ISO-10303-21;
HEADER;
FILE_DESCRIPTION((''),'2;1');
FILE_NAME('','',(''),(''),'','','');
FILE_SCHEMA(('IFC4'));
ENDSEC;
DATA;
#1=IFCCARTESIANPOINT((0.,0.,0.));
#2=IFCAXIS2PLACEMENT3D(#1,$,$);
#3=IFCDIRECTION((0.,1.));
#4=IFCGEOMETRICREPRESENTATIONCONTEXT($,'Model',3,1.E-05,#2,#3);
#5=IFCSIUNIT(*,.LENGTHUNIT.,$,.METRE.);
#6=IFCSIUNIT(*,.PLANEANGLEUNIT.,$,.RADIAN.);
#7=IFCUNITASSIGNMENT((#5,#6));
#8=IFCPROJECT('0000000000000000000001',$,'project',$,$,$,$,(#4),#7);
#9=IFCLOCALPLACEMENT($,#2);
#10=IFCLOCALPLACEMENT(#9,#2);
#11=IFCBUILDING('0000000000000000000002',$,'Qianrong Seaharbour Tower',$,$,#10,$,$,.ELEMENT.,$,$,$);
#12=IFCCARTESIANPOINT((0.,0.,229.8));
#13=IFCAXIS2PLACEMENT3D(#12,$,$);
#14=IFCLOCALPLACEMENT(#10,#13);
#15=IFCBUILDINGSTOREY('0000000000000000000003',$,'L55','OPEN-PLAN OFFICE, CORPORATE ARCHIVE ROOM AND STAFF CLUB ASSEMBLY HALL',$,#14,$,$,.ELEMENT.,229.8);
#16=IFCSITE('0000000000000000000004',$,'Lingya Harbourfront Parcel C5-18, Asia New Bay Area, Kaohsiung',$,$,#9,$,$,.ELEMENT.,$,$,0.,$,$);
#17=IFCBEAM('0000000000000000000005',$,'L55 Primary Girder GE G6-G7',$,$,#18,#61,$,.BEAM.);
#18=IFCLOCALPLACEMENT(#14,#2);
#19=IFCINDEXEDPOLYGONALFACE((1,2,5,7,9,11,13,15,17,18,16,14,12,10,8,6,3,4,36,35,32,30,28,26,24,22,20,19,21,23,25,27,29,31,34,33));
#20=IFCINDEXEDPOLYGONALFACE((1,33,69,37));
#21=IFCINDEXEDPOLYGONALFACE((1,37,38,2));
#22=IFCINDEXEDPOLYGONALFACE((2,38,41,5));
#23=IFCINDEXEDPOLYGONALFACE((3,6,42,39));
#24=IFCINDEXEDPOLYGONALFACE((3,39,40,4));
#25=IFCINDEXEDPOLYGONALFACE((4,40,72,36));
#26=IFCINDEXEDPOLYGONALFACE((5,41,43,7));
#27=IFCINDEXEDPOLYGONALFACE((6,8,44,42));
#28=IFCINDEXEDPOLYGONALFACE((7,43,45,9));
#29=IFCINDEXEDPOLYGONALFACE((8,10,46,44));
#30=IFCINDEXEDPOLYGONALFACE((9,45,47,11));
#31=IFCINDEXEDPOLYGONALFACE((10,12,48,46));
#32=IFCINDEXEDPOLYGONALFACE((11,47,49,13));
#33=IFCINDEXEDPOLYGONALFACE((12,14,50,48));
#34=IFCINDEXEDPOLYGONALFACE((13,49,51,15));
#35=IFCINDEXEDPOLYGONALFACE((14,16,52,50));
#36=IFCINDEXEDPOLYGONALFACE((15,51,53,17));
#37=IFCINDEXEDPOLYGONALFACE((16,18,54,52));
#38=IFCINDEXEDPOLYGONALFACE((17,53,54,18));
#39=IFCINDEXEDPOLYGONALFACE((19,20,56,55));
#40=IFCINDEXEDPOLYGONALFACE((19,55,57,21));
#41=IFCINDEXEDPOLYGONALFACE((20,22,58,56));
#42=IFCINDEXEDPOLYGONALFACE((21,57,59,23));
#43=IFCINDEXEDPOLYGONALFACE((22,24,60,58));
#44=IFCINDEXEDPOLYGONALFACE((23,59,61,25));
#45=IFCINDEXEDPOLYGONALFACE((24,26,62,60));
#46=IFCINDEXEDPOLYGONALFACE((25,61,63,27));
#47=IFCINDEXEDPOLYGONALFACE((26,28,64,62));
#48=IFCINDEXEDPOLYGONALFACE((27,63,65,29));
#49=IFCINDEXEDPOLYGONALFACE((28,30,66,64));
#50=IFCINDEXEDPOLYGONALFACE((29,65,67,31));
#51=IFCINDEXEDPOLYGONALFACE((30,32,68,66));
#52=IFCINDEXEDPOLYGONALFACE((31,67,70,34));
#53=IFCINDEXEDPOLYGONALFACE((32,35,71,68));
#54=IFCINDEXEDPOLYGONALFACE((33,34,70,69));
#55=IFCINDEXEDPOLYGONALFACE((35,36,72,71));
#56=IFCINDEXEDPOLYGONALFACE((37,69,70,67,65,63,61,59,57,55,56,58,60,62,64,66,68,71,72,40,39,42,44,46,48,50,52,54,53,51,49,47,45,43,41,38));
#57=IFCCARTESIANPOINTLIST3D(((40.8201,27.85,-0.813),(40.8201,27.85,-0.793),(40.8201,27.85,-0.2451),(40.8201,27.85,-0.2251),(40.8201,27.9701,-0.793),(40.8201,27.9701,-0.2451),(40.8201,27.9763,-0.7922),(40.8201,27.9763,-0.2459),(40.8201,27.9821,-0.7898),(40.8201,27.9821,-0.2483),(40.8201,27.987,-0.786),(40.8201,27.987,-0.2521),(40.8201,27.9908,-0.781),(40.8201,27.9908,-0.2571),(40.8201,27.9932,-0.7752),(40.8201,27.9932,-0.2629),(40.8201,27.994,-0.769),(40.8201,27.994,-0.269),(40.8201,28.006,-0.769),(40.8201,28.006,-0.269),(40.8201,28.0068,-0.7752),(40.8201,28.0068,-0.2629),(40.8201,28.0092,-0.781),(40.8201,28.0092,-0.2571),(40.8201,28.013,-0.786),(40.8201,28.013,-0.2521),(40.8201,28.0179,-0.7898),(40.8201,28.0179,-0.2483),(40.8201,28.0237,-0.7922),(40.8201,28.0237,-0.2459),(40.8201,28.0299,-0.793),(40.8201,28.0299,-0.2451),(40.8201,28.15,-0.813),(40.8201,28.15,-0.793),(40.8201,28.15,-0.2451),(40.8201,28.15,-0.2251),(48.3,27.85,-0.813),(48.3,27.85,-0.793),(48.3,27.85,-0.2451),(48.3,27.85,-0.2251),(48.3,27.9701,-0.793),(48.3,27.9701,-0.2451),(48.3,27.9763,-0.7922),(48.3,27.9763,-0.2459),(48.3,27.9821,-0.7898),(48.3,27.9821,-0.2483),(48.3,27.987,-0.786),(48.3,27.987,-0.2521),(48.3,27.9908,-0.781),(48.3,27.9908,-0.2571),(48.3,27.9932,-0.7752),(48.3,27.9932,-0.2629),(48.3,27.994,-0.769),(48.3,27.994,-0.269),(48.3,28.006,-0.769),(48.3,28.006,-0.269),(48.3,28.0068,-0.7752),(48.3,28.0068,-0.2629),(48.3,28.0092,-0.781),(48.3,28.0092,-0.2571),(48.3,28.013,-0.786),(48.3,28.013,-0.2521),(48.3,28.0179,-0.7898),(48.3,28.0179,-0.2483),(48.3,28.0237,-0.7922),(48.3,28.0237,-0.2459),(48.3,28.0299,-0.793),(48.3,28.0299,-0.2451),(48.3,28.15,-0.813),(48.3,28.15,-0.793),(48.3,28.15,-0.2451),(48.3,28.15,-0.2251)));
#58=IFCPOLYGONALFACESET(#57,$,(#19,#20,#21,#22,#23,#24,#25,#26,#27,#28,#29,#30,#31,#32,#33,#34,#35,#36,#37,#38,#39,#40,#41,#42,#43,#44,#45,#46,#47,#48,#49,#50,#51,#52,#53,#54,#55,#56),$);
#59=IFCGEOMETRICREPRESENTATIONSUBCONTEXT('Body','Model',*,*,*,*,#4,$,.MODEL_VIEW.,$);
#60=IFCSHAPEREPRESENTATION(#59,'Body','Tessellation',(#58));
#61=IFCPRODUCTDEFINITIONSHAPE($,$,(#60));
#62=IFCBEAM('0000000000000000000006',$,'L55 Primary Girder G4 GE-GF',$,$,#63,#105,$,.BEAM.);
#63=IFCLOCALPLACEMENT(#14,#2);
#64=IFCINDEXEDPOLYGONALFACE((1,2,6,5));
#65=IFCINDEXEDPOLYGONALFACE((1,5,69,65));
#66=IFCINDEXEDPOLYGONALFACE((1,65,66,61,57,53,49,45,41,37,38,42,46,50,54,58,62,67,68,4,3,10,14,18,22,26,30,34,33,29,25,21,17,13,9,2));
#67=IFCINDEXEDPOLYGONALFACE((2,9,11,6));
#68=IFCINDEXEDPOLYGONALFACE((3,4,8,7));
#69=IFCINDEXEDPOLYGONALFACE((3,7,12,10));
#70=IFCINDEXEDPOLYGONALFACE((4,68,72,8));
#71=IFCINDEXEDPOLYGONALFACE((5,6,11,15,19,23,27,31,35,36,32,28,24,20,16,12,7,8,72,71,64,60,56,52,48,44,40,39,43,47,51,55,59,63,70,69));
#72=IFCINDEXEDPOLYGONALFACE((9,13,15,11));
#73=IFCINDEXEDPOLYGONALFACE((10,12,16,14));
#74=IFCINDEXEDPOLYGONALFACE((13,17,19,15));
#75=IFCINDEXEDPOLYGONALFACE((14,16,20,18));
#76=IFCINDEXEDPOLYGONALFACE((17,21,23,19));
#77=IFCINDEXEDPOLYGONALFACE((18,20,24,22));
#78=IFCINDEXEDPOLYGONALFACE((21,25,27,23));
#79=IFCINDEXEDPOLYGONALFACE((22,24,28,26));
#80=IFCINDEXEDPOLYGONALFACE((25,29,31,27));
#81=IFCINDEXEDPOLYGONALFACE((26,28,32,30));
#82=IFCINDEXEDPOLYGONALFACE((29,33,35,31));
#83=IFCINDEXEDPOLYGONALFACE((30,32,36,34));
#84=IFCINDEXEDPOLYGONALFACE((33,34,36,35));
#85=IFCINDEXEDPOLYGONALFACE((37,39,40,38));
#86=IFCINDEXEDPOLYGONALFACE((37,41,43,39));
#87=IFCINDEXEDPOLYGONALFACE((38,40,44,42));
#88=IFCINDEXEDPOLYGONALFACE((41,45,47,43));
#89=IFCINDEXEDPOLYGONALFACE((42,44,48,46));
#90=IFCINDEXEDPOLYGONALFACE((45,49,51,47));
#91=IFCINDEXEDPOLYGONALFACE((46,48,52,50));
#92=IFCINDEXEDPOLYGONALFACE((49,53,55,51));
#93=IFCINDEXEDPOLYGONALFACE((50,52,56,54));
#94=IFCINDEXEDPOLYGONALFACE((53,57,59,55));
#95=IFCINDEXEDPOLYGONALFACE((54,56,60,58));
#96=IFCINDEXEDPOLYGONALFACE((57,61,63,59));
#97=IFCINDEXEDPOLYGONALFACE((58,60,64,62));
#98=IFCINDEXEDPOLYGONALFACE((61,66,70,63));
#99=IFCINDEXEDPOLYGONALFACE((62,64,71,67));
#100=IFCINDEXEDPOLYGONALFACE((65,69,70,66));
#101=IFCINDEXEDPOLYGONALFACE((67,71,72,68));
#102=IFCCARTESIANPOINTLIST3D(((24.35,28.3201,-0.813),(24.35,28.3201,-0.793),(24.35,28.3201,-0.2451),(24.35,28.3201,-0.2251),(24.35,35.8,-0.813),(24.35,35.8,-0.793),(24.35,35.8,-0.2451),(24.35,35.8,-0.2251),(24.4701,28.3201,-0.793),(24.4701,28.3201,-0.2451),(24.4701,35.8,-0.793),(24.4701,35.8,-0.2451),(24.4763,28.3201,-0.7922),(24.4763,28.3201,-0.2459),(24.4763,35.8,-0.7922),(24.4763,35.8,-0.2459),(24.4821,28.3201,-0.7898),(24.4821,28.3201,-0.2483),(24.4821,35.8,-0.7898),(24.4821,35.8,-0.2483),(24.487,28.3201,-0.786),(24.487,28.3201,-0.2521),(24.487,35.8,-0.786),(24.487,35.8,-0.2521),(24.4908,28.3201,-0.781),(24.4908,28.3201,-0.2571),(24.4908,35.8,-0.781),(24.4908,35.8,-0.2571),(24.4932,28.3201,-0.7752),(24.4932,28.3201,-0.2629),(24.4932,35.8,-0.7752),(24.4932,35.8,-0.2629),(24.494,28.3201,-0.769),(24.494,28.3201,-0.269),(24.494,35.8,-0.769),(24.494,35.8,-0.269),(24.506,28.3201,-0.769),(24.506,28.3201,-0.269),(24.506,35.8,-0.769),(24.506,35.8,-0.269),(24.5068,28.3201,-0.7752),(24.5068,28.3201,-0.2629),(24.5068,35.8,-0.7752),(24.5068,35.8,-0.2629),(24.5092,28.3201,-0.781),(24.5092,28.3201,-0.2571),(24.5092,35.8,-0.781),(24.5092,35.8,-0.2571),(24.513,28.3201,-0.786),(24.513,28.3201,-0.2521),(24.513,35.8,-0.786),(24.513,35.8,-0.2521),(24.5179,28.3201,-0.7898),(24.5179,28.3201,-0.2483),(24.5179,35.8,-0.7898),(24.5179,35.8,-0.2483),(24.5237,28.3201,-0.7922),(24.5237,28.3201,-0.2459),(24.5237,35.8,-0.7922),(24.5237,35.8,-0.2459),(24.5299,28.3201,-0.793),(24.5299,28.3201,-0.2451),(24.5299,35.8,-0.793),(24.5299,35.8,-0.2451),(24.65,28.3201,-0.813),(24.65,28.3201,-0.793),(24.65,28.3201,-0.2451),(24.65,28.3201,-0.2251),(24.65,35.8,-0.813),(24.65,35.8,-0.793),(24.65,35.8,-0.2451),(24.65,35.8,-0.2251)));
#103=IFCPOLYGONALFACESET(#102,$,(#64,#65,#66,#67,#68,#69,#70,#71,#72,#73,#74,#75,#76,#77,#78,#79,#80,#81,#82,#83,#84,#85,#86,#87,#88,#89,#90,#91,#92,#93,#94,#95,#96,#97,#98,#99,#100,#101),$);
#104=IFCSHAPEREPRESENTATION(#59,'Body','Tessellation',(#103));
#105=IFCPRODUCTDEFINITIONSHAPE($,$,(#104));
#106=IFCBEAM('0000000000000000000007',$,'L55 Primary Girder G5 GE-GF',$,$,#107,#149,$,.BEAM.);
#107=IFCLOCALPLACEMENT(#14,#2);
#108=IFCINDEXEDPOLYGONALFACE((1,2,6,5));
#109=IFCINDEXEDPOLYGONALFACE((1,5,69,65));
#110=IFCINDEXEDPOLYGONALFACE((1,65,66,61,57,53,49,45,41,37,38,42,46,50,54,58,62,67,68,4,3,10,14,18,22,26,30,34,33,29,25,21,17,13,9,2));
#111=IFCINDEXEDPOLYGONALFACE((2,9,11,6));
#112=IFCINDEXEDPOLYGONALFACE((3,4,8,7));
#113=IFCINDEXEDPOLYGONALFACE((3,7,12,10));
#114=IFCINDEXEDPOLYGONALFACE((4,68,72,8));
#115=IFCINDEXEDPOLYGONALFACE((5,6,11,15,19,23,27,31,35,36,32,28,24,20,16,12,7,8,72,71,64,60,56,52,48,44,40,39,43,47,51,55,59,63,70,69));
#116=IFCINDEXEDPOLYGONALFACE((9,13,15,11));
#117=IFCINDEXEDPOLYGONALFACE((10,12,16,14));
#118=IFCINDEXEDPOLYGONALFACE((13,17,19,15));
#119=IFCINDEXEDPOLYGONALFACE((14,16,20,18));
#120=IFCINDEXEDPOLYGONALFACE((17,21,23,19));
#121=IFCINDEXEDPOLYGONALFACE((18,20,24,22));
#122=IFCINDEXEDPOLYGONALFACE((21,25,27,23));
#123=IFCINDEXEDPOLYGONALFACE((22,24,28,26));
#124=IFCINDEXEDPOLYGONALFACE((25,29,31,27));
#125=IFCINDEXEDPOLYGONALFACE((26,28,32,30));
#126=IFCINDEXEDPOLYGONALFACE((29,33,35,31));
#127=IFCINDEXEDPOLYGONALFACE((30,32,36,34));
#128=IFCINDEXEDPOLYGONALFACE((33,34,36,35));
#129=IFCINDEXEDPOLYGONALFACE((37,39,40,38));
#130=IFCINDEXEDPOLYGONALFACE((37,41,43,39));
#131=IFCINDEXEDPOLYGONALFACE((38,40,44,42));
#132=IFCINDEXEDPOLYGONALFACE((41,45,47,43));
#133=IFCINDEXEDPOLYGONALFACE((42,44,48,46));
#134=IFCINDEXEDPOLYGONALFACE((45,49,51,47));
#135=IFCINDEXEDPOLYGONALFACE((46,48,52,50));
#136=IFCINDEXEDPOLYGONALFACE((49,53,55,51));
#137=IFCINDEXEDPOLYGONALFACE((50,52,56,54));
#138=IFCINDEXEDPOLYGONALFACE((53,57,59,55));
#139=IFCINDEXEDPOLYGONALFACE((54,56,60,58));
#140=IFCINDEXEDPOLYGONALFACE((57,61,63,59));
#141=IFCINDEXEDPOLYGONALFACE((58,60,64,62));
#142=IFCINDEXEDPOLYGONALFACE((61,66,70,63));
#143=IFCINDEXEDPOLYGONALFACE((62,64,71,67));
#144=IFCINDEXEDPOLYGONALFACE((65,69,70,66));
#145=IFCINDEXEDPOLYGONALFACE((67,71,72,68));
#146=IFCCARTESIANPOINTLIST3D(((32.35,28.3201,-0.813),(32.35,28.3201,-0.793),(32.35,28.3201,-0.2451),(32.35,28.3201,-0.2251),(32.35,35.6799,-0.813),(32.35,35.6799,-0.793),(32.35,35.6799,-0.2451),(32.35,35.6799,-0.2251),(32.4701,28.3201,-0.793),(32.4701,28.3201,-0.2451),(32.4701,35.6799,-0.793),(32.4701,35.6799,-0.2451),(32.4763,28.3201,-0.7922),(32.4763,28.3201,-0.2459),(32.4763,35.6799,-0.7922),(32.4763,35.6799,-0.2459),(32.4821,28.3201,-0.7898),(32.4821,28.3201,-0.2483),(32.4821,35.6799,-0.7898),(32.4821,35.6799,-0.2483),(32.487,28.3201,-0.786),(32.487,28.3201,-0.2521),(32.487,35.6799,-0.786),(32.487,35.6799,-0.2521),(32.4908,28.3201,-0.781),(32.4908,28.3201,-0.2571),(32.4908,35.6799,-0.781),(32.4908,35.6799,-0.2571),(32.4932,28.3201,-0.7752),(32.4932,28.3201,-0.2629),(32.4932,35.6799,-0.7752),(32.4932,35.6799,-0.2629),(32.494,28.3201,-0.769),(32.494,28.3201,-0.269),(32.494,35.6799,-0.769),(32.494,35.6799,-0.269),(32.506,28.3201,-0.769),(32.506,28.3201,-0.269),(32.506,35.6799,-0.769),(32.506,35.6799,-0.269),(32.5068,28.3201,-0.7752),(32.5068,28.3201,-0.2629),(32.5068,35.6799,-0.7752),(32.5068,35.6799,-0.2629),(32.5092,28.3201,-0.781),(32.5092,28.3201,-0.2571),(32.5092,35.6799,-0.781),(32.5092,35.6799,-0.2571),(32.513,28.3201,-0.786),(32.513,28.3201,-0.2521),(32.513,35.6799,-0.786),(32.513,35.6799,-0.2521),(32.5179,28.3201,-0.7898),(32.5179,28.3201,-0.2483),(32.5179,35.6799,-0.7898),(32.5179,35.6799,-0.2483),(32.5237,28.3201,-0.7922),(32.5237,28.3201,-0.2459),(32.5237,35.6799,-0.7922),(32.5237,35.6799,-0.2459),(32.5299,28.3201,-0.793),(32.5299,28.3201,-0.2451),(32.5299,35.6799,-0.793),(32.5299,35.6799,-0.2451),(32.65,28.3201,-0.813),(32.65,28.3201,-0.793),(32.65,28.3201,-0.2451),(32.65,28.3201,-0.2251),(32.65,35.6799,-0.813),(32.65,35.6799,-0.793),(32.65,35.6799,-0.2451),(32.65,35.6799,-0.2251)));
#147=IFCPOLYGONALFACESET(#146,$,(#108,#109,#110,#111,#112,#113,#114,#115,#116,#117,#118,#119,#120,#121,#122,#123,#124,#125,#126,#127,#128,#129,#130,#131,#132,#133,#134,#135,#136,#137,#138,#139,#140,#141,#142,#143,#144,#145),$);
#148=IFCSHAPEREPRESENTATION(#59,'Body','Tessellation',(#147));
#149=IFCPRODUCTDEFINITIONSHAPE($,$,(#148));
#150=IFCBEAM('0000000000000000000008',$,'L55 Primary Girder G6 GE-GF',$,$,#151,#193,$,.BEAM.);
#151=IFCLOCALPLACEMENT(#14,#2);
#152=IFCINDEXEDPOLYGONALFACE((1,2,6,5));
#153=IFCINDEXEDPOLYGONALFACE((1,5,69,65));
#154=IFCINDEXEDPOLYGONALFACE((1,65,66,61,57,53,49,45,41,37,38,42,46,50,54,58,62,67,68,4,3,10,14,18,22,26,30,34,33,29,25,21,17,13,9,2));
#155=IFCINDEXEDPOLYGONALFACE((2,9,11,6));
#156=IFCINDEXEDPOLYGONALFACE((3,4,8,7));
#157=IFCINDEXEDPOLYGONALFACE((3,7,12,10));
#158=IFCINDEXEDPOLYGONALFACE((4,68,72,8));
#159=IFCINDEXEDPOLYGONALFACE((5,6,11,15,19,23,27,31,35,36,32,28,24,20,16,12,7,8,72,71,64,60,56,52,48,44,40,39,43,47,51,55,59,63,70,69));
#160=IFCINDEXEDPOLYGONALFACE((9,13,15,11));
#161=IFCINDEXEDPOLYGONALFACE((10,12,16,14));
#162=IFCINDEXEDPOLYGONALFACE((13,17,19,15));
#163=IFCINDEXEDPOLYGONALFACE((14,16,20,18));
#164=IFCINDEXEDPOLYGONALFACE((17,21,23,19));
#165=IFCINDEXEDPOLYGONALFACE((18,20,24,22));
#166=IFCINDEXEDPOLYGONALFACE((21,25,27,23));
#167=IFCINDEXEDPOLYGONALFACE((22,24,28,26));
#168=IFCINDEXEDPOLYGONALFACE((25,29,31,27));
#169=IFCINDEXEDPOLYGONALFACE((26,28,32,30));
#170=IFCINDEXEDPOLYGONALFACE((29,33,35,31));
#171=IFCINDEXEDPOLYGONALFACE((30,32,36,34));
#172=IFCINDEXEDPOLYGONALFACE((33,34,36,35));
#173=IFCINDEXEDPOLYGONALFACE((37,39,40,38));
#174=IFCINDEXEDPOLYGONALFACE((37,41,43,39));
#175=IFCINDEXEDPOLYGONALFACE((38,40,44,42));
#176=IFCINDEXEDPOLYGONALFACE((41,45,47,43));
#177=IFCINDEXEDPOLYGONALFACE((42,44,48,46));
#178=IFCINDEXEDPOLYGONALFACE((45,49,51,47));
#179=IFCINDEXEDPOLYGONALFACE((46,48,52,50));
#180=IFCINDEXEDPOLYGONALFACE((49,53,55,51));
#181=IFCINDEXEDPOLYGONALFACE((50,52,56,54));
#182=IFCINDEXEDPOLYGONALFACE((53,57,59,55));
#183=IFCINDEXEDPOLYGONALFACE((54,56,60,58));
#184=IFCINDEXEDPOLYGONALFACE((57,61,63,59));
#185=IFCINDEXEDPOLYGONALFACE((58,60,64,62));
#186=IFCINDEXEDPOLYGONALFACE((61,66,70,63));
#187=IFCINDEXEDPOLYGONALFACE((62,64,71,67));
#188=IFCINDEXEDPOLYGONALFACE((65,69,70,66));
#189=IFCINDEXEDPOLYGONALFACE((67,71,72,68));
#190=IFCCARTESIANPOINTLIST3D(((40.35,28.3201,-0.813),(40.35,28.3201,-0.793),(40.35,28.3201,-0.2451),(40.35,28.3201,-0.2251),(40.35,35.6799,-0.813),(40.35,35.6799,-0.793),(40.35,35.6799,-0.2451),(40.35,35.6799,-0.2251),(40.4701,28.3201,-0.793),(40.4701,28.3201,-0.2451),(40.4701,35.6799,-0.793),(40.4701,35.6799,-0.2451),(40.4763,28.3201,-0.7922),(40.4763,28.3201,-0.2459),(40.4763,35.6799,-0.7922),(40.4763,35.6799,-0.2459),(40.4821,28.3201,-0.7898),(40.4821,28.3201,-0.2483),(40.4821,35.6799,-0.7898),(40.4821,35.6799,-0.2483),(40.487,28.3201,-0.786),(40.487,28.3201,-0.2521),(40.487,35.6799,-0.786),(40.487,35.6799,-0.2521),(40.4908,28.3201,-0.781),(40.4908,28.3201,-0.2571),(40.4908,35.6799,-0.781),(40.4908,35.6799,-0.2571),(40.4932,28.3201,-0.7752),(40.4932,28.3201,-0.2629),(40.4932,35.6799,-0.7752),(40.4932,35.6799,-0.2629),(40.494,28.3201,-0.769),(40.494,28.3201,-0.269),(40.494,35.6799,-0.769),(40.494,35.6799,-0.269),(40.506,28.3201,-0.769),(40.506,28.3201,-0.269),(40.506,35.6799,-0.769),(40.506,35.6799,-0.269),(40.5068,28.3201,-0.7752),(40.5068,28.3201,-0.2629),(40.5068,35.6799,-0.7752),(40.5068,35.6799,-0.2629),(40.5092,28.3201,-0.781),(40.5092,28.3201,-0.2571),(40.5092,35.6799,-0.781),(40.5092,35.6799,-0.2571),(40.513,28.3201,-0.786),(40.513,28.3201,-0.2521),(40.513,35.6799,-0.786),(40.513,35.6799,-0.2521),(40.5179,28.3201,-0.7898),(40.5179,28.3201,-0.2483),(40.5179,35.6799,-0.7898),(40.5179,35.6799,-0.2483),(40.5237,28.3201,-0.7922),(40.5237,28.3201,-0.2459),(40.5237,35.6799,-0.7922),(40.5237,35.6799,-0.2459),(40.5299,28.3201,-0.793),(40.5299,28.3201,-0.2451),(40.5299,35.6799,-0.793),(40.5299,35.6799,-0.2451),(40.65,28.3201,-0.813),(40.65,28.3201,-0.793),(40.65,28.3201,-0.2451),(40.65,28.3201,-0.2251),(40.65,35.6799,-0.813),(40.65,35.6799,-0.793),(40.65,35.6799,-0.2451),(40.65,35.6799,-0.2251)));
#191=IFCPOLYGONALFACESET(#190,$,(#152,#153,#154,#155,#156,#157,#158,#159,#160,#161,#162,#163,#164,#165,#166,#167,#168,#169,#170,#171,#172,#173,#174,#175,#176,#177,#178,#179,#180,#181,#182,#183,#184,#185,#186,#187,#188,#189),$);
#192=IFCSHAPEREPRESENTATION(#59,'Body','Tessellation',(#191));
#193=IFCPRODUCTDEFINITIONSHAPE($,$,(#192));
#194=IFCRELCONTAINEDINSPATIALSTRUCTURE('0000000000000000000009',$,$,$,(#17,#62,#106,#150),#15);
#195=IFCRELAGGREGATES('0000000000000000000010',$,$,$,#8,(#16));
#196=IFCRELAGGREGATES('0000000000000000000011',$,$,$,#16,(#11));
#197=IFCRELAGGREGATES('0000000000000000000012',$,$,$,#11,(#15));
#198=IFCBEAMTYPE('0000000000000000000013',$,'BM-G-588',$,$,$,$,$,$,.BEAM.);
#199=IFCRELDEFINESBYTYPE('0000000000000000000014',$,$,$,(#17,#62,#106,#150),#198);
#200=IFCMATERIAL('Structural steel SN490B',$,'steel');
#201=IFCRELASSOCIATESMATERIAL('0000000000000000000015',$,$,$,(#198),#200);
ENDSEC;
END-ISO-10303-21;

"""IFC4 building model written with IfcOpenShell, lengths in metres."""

from ifc_helpers import new_model, si_unit, direction, frame, origin, origin_2d, place, context, subcontext, project, spatial, i_section, extrude, material, material_profile, profile_set, type_object, element, save


model = new_model("IFC4")

# Units and contexts
model_context = context("Model", 3, precision=1e-05, world=origin(), true_north=direction((0.0, 1.0)))
body_context = subcontext(model_context, "Body", "Model", "MODEL_VIEW")
ifc_project = project(units=[si_unit("LENGTHUNIT", "METRE"), si_unit("PLANEANGLEUNIT", "RADIAN")], contexts=[model_context])

# Site, building, storey
site_placement = place(None, origin())
site = spatial("IfcSite", under=ifc_project, at=site_placement, Name="Lingya Harbourfront Parcel C5-18, Asia New Bay Area, Kaohsiung", CompositionType="ELEMENT", RefElevation=0.0)
building_placement = place(site_placement, origin())
building = spatial("IfcBuilding", under=site, at=building_placement, Name="Qianrong Seaharbour Tower", CompositionType="ELEMENT")
storey_placement = place(building_placement, frame((0.0, 0.0, 229.8)))
storey = spatial("IfcBuildingStorey", under=building, at=storey_placement, Name="L55", Description="OPEN-PLAN OFFICE, CORPORATE ARCHIVE ROOM AND STAFF CLUB ASSEMBLY HALL", CompositionType="ELEMENT", Elevation=229.8)

# Shared definitions
ifc_material_1 = material(Name="Structural steel SN490B", Category="steel")

# Beams
ifc_material_profile_1 = material_profile(ifc_material_1, i_section(OverallWidth=0.3, OverallDepth=0.5879, WebThickness=0.012, FlangeThickness=0.02, FilletRadius=0.0239, at=origin_2d()), Name="H588x300x12x20")
ifc_profile_set_1 = profile_set([ifc_material_profile_1], Name="Structural steel SN490B")
beam_type_1 = type_object("IfcBeamType", Name="BM-G-588", PredefinedType="BEAM", material=ifc_profile_set_1)
for number, where, z_axis, x_axis, name in (
    (1, (40.8201, 28.0, -0.519), (1.0, 0.0, 0.0), (0.0, 1.0, 0.0), "L55 Primary Girder GE G6-G7"),
    (2, (24.5, 28.3201, -0.519), (0.0, 1.0, 0.0), (-1.0, 0.0, 0.0), "L55 Primary Girder G4 GE-GF"),
):
    element("IfcBeam", number, at=place(storey_placement, frame(where, z_axis=z_axis, x_axis=x_axis)), inside=storey, type_object=beam_type_1, Name=name, PredefinedType="BEAM", context=body_context, shape_type="SweptSolid", body=[
        extrude(i_section(OverallWidth=0.3, OverallDepth=0.5879, WebThickness=0.012, FlangeThickness=0.02, FilletRadius=0.0239, at=origin_2d()), origin(), (0.0, 0.0, 1.0), 7.48),
    ])
for number, where, z_axis, x_axis, name in (
    (3, (32.5, 28.3201, -0.519), (0.0, 1.0, 0.0), (-1.0, 0.0, 0.0), "L55 Primary Girder G5 GE-GF"),
    (4, (40.5, 28.3201, -0.519), (0.0, 1.0, 0.0), (-1.0, 0.0, 0.0), "L55 Primary Girder G6 GE-GF"),
):
    element("IfcBeam", number, at=place(storey_placement, frame(where, z_axis=z_axis, x_axis=x_axis)), inside=storey, type_object=beam_type_1, Name=name, PredefinedType="BEAM", context=body_context, shape_type="SweptSolid", body=[
        extrude(i_section(OverallWidth=0.3, OverallDepth=0.5879, WebThickness=0.012, FlangeThickness=0.02, FilletRadius=0.0239, at=origin_2d()), origin(), (0.0, 0.0, 1.0), 7.3599),
    ])

save(model, "model.ifc")
